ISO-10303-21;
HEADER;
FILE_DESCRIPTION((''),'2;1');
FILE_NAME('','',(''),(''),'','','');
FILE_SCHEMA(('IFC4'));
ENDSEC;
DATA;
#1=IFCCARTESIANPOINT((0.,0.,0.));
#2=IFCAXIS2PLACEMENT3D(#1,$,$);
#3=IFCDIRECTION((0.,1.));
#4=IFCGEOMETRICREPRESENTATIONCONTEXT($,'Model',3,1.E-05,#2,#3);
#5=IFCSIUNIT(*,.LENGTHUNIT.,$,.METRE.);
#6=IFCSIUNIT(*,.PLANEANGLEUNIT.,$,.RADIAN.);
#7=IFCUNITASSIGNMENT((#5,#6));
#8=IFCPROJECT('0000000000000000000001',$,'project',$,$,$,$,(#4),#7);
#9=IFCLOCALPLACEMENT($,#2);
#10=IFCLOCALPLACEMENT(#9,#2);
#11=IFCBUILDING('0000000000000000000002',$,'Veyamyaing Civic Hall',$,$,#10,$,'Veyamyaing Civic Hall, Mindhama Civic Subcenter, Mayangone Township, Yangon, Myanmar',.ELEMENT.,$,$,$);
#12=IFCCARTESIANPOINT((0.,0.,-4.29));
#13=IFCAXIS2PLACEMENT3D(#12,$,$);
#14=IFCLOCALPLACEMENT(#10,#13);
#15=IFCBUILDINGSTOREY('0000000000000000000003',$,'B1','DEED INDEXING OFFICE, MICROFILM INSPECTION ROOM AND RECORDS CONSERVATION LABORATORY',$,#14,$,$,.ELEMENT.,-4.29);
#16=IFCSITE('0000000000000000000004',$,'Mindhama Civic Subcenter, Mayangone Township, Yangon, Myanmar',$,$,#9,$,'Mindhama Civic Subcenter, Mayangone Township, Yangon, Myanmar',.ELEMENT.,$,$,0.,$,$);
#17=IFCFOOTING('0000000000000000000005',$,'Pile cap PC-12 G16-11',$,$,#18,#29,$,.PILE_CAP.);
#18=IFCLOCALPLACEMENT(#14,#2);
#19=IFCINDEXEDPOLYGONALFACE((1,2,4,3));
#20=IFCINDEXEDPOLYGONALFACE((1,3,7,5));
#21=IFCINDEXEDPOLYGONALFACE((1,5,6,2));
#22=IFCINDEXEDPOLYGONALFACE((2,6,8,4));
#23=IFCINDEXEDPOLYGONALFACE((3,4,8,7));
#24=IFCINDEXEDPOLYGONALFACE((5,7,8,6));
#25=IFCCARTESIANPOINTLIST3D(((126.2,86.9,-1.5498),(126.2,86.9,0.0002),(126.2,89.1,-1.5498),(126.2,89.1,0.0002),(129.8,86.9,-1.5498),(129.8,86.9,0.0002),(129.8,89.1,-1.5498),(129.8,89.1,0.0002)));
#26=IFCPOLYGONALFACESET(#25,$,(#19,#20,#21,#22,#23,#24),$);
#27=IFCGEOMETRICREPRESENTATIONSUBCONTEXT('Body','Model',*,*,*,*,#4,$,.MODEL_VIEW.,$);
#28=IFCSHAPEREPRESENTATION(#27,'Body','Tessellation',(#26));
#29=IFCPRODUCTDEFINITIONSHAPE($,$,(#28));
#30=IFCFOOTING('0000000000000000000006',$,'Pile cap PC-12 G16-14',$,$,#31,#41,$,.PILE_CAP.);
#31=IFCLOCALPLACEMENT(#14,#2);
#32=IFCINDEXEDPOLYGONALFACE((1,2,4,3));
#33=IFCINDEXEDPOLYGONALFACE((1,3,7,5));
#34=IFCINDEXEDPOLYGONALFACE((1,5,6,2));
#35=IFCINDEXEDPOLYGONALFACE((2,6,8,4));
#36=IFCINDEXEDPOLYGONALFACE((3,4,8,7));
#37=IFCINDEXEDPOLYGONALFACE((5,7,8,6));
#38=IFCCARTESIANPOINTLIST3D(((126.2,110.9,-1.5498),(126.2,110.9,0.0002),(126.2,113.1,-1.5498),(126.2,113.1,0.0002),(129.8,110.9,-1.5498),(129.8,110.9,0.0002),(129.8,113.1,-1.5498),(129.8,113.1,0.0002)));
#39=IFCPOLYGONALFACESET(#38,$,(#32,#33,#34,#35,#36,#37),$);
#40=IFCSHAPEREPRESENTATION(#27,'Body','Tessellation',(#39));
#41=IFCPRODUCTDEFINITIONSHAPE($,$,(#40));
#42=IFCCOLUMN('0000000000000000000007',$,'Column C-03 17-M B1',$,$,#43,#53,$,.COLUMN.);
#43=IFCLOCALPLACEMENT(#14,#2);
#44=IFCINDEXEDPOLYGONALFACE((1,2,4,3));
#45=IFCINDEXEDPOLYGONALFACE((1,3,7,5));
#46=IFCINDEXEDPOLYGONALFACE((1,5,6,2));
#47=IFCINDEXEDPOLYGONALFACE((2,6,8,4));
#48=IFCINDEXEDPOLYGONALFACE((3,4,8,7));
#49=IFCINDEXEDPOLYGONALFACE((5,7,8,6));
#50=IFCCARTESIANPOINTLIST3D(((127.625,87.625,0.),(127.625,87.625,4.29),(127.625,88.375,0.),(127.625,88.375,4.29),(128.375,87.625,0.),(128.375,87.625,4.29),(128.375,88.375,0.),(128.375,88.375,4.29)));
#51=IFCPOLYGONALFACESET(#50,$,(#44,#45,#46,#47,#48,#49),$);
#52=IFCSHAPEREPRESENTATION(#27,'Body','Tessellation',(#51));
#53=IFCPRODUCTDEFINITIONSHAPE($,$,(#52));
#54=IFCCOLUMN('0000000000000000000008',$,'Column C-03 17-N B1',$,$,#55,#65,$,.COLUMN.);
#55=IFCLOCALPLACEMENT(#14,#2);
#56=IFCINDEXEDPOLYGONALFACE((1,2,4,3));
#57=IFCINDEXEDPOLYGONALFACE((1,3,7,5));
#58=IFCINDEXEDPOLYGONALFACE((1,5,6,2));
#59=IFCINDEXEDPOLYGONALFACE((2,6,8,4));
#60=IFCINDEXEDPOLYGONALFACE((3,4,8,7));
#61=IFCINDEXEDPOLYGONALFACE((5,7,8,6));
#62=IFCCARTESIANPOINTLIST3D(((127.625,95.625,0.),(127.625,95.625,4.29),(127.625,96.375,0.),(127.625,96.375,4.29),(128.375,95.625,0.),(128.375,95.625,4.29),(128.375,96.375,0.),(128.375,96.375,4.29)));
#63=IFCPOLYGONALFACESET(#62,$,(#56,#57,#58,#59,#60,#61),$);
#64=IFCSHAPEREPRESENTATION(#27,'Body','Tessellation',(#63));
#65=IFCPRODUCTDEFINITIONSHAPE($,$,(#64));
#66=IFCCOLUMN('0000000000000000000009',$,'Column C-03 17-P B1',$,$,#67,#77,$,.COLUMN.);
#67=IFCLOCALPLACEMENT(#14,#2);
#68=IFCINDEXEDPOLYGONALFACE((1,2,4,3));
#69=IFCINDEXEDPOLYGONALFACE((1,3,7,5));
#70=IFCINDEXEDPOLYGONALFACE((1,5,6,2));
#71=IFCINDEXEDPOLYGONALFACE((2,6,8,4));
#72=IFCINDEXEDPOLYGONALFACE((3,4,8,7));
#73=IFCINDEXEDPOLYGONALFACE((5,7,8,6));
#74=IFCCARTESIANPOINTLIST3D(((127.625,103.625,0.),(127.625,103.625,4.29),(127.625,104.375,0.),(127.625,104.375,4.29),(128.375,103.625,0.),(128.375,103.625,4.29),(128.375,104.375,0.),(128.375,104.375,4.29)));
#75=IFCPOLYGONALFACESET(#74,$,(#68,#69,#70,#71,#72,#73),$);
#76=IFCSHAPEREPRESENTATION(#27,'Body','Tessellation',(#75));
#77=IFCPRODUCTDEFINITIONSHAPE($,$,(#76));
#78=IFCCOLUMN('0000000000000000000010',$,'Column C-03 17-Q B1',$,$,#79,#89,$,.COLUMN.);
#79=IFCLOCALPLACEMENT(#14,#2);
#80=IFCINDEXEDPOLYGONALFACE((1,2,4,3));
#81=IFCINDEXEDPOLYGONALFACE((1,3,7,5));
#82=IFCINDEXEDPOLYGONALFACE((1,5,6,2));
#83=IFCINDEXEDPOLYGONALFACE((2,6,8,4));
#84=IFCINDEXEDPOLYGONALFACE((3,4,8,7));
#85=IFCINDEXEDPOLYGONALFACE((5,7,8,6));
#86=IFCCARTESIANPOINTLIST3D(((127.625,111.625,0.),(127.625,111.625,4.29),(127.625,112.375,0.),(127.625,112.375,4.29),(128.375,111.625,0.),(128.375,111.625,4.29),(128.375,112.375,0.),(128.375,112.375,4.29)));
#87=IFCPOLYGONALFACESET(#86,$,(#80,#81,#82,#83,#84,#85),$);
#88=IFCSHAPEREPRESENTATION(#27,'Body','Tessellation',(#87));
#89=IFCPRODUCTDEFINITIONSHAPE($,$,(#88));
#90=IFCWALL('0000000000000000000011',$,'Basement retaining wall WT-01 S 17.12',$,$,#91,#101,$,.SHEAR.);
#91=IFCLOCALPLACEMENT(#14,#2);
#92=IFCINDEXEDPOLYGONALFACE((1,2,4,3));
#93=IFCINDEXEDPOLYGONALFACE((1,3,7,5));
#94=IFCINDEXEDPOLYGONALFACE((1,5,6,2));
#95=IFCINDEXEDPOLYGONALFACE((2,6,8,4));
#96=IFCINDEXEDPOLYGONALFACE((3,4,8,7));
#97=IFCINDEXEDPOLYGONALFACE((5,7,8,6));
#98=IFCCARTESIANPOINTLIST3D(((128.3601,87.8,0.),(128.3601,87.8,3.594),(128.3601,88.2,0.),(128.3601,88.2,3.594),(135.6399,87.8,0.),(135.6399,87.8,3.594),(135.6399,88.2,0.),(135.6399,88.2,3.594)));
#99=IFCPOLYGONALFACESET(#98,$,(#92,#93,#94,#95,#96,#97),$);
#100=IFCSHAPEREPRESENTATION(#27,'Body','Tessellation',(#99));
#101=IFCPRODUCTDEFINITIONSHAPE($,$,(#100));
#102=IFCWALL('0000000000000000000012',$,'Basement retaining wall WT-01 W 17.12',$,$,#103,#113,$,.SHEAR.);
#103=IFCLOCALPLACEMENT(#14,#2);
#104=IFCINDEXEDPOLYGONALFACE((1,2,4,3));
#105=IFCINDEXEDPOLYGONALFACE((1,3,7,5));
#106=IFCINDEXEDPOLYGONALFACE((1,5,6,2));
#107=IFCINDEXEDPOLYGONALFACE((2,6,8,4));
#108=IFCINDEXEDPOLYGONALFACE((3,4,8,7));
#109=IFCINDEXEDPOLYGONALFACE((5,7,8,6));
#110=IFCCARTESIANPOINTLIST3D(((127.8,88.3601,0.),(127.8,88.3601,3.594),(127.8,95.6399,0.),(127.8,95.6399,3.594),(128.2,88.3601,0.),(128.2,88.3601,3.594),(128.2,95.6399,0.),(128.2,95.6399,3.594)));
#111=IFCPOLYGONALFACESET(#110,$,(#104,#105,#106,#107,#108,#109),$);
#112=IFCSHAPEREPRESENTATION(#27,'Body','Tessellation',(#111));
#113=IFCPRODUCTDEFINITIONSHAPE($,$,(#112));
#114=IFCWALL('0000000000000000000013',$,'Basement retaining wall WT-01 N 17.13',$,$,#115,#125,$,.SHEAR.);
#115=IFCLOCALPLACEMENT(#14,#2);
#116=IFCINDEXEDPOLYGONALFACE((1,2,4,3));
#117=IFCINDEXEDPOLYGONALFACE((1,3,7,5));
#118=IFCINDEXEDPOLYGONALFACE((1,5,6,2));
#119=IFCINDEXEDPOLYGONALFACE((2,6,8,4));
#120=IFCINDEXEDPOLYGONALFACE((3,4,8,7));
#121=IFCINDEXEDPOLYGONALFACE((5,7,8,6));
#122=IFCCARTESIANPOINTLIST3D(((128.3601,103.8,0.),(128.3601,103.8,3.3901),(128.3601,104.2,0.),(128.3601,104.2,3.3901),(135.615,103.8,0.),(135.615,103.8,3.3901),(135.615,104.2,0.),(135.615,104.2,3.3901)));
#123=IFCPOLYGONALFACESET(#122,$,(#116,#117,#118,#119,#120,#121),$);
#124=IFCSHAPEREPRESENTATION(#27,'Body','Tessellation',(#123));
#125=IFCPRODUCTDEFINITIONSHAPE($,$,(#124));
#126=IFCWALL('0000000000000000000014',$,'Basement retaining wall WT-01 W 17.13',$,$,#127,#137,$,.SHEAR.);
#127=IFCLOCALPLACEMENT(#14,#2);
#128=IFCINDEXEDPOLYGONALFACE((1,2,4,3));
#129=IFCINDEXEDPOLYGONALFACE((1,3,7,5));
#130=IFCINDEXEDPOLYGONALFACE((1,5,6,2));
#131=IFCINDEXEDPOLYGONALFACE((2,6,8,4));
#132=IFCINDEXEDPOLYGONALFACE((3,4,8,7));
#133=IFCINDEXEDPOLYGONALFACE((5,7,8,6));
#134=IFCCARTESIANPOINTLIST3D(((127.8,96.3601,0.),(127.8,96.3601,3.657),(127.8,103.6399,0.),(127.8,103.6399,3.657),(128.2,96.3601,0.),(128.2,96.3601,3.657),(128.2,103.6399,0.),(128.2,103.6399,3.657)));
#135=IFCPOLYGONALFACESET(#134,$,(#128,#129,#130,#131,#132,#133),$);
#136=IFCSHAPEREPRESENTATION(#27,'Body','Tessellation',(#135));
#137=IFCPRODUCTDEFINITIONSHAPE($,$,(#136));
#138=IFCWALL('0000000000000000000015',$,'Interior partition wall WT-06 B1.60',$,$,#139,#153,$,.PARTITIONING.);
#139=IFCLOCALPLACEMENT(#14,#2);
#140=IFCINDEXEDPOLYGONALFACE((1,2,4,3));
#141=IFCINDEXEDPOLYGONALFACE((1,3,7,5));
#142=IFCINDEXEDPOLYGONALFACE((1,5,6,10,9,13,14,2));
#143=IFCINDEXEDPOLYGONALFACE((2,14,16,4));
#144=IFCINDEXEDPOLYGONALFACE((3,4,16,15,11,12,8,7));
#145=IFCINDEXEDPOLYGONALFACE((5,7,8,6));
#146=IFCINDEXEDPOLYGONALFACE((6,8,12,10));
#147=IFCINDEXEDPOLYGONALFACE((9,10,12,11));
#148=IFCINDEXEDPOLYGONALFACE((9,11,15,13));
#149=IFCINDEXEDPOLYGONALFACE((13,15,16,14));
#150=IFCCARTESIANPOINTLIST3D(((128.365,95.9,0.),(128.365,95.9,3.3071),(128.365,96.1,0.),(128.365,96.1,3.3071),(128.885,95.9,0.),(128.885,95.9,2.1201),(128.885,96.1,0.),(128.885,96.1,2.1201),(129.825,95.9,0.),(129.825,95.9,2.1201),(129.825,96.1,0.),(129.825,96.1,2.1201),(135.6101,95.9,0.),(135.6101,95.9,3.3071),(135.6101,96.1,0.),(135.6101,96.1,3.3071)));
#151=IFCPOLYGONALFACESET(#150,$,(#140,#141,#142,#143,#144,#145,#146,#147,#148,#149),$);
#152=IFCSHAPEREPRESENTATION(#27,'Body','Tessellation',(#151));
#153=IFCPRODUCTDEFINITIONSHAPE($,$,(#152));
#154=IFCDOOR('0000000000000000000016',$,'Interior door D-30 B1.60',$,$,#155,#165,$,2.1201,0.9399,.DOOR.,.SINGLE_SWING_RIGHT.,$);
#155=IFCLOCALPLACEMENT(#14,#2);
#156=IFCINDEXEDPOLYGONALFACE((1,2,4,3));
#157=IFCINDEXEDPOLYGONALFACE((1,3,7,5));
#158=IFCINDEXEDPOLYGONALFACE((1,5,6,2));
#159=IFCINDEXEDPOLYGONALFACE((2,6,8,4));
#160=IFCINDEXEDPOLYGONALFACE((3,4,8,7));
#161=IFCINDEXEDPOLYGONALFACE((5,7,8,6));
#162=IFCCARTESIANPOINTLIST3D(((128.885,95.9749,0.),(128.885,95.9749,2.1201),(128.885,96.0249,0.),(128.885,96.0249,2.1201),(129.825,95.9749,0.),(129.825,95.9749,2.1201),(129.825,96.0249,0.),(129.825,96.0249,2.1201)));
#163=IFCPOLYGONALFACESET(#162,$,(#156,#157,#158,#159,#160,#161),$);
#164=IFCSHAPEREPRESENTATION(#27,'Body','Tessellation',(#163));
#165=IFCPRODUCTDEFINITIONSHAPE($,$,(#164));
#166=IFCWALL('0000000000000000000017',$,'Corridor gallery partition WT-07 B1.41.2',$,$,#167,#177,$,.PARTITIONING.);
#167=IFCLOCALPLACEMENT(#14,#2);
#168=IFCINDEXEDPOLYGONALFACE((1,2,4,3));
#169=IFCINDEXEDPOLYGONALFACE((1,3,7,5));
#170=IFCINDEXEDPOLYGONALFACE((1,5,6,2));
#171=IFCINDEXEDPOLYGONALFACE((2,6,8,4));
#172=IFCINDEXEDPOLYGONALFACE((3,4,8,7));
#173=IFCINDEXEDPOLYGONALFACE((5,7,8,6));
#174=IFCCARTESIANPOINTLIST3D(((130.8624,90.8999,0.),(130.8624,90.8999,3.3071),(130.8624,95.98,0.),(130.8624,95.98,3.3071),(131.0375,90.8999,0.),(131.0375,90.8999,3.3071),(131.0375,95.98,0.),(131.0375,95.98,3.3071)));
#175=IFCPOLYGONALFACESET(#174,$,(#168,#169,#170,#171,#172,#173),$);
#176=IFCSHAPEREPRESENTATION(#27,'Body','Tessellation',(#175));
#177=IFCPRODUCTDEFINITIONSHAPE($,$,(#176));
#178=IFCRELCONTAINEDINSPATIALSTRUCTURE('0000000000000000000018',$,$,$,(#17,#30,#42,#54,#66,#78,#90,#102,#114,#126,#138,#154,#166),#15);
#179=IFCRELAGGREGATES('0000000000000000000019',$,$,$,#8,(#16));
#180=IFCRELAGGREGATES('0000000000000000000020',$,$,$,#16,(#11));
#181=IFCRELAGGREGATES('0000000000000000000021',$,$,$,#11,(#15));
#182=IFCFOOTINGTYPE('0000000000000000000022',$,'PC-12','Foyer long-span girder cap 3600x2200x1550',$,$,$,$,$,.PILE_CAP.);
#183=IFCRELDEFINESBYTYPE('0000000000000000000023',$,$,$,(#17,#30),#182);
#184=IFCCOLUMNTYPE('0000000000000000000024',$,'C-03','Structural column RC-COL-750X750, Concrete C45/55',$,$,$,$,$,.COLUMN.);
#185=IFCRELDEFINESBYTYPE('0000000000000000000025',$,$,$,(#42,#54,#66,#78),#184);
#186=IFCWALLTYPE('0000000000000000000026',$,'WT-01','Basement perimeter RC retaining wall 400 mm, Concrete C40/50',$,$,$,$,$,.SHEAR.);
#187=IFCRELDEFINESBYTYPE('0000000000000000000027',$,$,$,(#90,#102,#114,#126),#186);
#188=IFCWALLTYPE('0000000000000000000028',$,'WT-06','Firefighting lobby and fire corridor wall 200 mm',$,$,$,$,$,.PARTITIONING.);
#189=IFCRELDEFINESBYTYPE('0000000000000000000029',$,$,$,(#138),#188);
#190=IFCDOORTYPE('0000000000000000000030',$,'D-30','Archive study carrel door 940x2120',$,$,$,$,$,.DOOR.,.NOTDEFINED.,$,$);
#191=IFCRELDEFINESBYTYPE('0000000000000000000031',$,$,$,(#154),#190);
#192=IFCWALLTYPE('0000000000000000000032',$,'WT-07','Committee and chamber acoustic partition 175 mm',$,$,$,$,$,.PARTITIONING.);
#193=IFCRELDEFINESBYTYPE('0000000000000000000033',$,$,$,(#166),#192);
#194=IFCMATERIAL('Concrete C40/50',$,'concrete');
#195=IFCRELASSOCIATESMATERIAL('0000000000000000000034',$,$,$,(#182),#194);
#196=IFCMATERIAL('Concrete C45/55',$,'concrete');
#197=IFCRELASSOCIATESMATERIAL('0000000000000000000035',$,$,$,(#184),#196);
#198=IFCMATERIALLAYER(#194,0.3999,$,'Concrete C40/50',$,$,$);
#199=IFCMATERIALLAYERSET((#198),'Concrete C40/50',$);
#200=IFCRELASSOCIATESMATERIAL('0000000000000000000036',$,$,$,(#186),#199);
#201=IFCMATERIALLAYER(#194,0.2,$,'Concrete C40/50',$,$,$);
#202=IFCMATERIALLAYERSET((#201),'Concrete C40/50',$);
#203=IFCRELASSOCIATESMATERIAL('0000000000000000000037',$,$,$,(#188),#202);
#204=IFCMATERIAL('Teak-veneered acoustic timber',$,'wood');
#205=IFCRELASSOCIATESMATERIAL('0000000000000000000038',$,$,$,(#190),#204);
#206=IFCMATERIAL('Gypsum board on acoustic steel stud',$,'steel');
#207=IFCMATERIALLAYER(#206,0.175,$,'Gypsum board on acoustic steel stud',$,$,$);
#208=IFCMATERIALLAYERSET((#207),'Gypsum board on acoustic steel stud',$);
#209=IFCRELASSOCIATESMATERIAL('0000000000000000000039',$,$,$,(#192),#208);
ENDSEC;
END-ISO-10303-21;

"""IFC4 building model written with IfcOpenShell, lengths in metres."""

from ifc_helpers import new_model, si_unit, direction, frame, frame_2d, origin, origin_2d, place, context, subcontext, project, spatial, rectangle, extrude, material, layer, layer_set, material_profile, profile_set, type_object, element, fill, save


model = new_model("IFC4")

# Units and contexts
model_context = context("Model", 3, precision=1e-05, world=origin(), true_north=direction((0.0, 1.0)))
body_context = subcontext(model_context, "Body", "Model", "MODEL_VIEW")
ifc_project = project(units=[si_unit("LENGTHUNIT", "METRE"), si_unit("PLANEANGLEUNIT", "RADIAN")], contexts=[model_context])

# Site, building, storey
site_placement = place(None, origin())
site = spatial("IfcSite", under=ifc_project, at=site_placement, Name="Mindhama Civic Subcenter, Mayangone Township, Yangon, Myanmar", LongName="Mindhama Civic Subcenter, Mayangone Township, Yangon, Myanmar", CompositionType="ELEMENT", RefElevation=0.0)
building_placement = place(site_placement, origin())
building = spatial("IfcBuilding", under=site, at=building_placement, Name="Veyamyaing Civic Hall", LongName="Veyamyaing Civic Hall, Mindhama Civic Subcenter, Mayangone Township, Yangon, Myanmar", CompositionType="ELEMENT")
storey_placement = place(building_placement, frame((0.0, 0.0, -4.29)))
storey = spatial("IfcBuildingStorey", under=building, at=storey_placement, Name="B1", Description="DEED INDEXING OFFICE, MICROFILM INSPECTION ROOM AND RECORDS CONSERVATION LABORATORY", CompositionType="ELEMENT", Elevation=-4.29)

# Shared definitions
ifc_material_1 = material(Name="Concrete C40/50", Category="concrete")

# Footings
footing_type_1 = type_object("IfcFootingType", Name="PC-12", Description="Foyer long-span girder cap 3600x2200x1550", PredefinedType="PILE_CAP", material=ifc_material_1)
for number, where, z_axis, x_axis, name in (
    (1, (128.0, 88.0, -1.5498), (0.0, 0.0, 1.0), (1.0, 0.0, 0.0), "Pile cap PC-12 G16-11"),
    (2, (128.0, 112.0, -1.5498), (0.0, 0.0, 1.0), (1.0, 0.0, 0.0), "Pile cap PC-12 G16-14"),
):
    element("IfcFooting", number, at=place(storey_placement, frame(where, z_axis=z_axis, x_axis=x_axis)), inside=storey, type_object=footing_type_1, Name=name, PredefinedType="PILE_CAP", context=body_context, shape_type="SweptSolid", body=[
        extrude(rectangle(XDim=3.6001, YDim=2.2, at=origin_2d()), origin(), (0.0, 0.0, 1.0), 1.55),
    ])

# Columns
ifc_material_2 = material(Name="Concrete C45/55", Category="concrete")
ifc_material_profile_1 = material_profile(ifc_material_2, rectangle(XDim=0.75, YDim=0.75, at=origin_2d()), Name="RC-COL-750X750")
ifc_profile_set_1 = profile_set([ifc_material_profile_1], Name="Concrete C45/55")
column_type = type_object("IfcColumnType", Name="C-03", Description="Structural column RC-COL-750X750, Concrete C45/55", PredefinedType="COLUMN", material=ifc_profile_set_1)
for number, where, z_axis, x_axis, name in (
    (3, (128.0, 88.0, 0.0), (0.0, 0.0, 1.0), (1.0, 0.0, 0.0), "Column C-03 17-M B1"),
    (4, (128.0, 96.0, 0.0), (0.0, 0.0, 1.0), (1.0, 0.0, 0.0), "Column C-03 17-N B1"),
    (5, (128.0, 104.0, 0.0), (0.0, 0.0, 1.0), (1.0, 0.0, 0.0), "Column C-03 17-P B1"),
    (6, (128.0, 112.0, 0.0), (0.0, 0.0, 1.0), (1.0, 0.0, 0.0), "Column C-03 17-Q B1"),
):
    element("IfcColumn", number, at=place(storey_placement, frame(where, z_axis=z_axis, x_axis=x_axis)), inside=storey, type_object=column_type, Name=name, PredefinedType="COLUMN", context=body_context, shape_type="SweptSolid", body=[
        extrude(rectangle(XDim=0.75, YDim=0.75, at=origin_2d()), origin(), (0.0, 0.0, 1.0), 4.29),
    ])

# Walls
ifc_layer_1 = layer(ifc_material_1, 0.3999, Name="Concrete C40/50")
ifc_layer_set_1 = layer_set([ifc_layer_1], Name="Concrete C40/50")
wall_type_1 = type_object("IfcWallType", Name="WT-01", Description="Basement perimeter RC retaining wall 400 mm, Concrete C40/50", PredefinedType="SHEAR", material=ifc_layer_set_1)
for number, where, z_axis, x_axis, name in (
    (7, (128.3601, 88.0, 0.0), (0.0, 0.0, 1.0), (1.0, 0.0, 0.0), "Basement retaining wall WT-01 S 17.12"),
    (8, (128.0, 88.3601, 0.0), (0.0, 0.0, 1.0), (0.0, 1.0, 0.0), "Basement retaining wall WT-01 W 17.12"),
):
    element("IfcWall", number, at=place(storey_placement, frame(where, z_axis=z_axis, x_axis=x_axis)), inside=storey, type_object=wall_type_1, Name=name, PredefinedType="SHEAR", context=body_context, shape_type="SweptSolid", body=[
        extrude(rectangle(XDim=7.2798, YDim=0.3999, at=frame_2d((3.6399, 0.0))), origin(), (0.0, 0.0, 1.0), 3.594),
    ])
wall_1_placement = place(storey_placement, frame((128.3601, 104.0, 0.0), z_axis=(0.0, 0.0, 1.0), x_axis=(1.0, 0.0, 0.0)))
element("IfcWall", 9, at=wall_1_placement, inside=storey, type_object=wall_type_1, Name="Basement retaining wall WT-01 N 17.13", PredefinedType="SHEAR", context=body_context, shape_type="SweptSolid", body=[
    extrude(rectangle(XDim=7.2549, YDim=0.3999, at=frame_2d((3.6274, 0.0))), origin(), (0.0, 0.0, 1.0), 3.3901),
])
wall_2_placement = place(storey_placement, frame((128.0, 96.3601, 0.0), z_axis=(0.0, 0.0, 1.0), x_axis=(0.0, 1.0, 0.0)))
element("IfcWall", 10, at=wall_2_placement, inside=storey, type_object=wall_type_1, Name="Basement retaining wall WT-01 W 17.13", PredefinedType="SHEAR", context=body_context, shape_type="SweptSolid", body=[
    extrude(rectangle(XDim=7.2798, YDim=0.3999, at=frame_2d((3.6399, 0.0))), origin(), (0.0, 0.0, 1.0), 3.657),
])

# Wall, opening, door
ifc_layer_2 = layer(ifc_material_1, 0.2, Name="Concrete C40/50")
ifc_layer_set_2 = layer_set([ifc_layer_2], Name="Concrete C40/50")
wall_type_2 = type_object("IfcWallType", Name="WT-06", Description="Firefighting lobby and fire corridor wall 200 mm", PredefinedType="PARTITIONING", material=ifc_layer_set_2)
wall_3_placement = place(storey_placement, frame((128.365, 96.0, 0.0), z_axis=(0.0, 0.0, 1.0), x_axis=(1.0, 0.0, 0.0)))
wall_3 = element("IfcWall", 11, at=wall_3_placement, inside=storey, type_object=wall_type_2, Name="Interior partition wall WT-06 B1.60", PredefinedType="PARTITIONING", context=body_context, shape_type="SweptSolid", body=[
    extrude(rectangle(XDim=7.2451, YDim=0.2, at=frame_2d((3.6226, 0.0))), origin(), (0.0, 0.0, 1.0), 3.3071),
])
opening_1_placement = place(wall_3_placement, frame((0.52, 0.0, 0.0)))
opening_1 = element("IfcOpeningElement", 12, at=opening_1_placement, cuts=wall_3, PredefinedType="OPENING", context=body_context, shape_type="SweptSolid", body=[
    extrude(rectangle(XDim=0.9399, YDim=2.1201, at=frame_2d((0.47, 1.0601))), frame((0.0, 0.1099, 0.0), z_axis=(0.0, -1.0, 0.0), x_axis=(1.0, 0.0, 0.0)), (0.0, 0.0, 1.0), 0.22),
])
ifc_material_3 = material(Name="Teak-veneered acoustic timber", Category="wood")
door_type_1 = type_object("IfcDoorType", Name="D-30", Description="Archive study carrel door 940x2120", OperationType="NOTDEFINED", PredefinedType="DOOR", material=ifc_material_3)
door_1_placement = place(opening_1_placement, origin())
door_1 = element("IfcDoor", 13, at=door_1_placement, inside=storey, type_object=door_type_1, Name="Interior door D-30 B1.60", OperationType="SINGLE_SWING_RIGHT", OverallHeight=2.1201, OverallWidth=0.9399, PredefinedType="DOOR", context=body_context, shape_type="SweptSolid", body=[
    extrude(rectangle(XDim=0.9399, YDim=2.1201, at=frame_2d((0.47, 1.0601))), frame((0.0, 0.0249, 0.0), z_axis=(0.0, -1.0, 0.0), x_axis=(1.0, 0.0, 0.0)), (0.0, 0.0, 1.0), 0.05),
])
fill(opening_1, door_1)
ifc_material_4 = material(Name="Gypsum board on acoustic steel stud", Category="steel")
ifc_layer_3 = layer(ifc_material_4, 0.175, Name="Gypsum board on acoustic steel stud")
ifc_layer_set_3 = layer_set([ifc_layer_3], Name="Gypsum board on acoustic steel stud")
wall_type_3 = type_object("IfcWallType", Name="WT-07", Description="Committee and chamber acoustic partition 175 mm", PredefinedType="PARTITIONING", material=ifc_layer_set_3)

# Wall
wall_4_placement = place(storey_placement, frame((130.95, 90.8999, 0.0), z_axis=(0.0, 0.0, 1.0), x_axis=(0.0, 1.0, 0.0)))
element("IfcWall", 14, at=wall_4_placement, inside=storey, type_object=wall_type_3, Name="Corridor gallery partition WT-07 B1.41.2", PredefinedType="PARTITIONING", context=body_context, shape_type="SweptSolid", body=[
    extrude(rectangle(XDim=5.0801, YDim=0.175, at=frame_2d((2.54, 0.0))), origin(), (0.0, 0.0, 1.0), 3.3071),
])

save(model, "model.ifc")
